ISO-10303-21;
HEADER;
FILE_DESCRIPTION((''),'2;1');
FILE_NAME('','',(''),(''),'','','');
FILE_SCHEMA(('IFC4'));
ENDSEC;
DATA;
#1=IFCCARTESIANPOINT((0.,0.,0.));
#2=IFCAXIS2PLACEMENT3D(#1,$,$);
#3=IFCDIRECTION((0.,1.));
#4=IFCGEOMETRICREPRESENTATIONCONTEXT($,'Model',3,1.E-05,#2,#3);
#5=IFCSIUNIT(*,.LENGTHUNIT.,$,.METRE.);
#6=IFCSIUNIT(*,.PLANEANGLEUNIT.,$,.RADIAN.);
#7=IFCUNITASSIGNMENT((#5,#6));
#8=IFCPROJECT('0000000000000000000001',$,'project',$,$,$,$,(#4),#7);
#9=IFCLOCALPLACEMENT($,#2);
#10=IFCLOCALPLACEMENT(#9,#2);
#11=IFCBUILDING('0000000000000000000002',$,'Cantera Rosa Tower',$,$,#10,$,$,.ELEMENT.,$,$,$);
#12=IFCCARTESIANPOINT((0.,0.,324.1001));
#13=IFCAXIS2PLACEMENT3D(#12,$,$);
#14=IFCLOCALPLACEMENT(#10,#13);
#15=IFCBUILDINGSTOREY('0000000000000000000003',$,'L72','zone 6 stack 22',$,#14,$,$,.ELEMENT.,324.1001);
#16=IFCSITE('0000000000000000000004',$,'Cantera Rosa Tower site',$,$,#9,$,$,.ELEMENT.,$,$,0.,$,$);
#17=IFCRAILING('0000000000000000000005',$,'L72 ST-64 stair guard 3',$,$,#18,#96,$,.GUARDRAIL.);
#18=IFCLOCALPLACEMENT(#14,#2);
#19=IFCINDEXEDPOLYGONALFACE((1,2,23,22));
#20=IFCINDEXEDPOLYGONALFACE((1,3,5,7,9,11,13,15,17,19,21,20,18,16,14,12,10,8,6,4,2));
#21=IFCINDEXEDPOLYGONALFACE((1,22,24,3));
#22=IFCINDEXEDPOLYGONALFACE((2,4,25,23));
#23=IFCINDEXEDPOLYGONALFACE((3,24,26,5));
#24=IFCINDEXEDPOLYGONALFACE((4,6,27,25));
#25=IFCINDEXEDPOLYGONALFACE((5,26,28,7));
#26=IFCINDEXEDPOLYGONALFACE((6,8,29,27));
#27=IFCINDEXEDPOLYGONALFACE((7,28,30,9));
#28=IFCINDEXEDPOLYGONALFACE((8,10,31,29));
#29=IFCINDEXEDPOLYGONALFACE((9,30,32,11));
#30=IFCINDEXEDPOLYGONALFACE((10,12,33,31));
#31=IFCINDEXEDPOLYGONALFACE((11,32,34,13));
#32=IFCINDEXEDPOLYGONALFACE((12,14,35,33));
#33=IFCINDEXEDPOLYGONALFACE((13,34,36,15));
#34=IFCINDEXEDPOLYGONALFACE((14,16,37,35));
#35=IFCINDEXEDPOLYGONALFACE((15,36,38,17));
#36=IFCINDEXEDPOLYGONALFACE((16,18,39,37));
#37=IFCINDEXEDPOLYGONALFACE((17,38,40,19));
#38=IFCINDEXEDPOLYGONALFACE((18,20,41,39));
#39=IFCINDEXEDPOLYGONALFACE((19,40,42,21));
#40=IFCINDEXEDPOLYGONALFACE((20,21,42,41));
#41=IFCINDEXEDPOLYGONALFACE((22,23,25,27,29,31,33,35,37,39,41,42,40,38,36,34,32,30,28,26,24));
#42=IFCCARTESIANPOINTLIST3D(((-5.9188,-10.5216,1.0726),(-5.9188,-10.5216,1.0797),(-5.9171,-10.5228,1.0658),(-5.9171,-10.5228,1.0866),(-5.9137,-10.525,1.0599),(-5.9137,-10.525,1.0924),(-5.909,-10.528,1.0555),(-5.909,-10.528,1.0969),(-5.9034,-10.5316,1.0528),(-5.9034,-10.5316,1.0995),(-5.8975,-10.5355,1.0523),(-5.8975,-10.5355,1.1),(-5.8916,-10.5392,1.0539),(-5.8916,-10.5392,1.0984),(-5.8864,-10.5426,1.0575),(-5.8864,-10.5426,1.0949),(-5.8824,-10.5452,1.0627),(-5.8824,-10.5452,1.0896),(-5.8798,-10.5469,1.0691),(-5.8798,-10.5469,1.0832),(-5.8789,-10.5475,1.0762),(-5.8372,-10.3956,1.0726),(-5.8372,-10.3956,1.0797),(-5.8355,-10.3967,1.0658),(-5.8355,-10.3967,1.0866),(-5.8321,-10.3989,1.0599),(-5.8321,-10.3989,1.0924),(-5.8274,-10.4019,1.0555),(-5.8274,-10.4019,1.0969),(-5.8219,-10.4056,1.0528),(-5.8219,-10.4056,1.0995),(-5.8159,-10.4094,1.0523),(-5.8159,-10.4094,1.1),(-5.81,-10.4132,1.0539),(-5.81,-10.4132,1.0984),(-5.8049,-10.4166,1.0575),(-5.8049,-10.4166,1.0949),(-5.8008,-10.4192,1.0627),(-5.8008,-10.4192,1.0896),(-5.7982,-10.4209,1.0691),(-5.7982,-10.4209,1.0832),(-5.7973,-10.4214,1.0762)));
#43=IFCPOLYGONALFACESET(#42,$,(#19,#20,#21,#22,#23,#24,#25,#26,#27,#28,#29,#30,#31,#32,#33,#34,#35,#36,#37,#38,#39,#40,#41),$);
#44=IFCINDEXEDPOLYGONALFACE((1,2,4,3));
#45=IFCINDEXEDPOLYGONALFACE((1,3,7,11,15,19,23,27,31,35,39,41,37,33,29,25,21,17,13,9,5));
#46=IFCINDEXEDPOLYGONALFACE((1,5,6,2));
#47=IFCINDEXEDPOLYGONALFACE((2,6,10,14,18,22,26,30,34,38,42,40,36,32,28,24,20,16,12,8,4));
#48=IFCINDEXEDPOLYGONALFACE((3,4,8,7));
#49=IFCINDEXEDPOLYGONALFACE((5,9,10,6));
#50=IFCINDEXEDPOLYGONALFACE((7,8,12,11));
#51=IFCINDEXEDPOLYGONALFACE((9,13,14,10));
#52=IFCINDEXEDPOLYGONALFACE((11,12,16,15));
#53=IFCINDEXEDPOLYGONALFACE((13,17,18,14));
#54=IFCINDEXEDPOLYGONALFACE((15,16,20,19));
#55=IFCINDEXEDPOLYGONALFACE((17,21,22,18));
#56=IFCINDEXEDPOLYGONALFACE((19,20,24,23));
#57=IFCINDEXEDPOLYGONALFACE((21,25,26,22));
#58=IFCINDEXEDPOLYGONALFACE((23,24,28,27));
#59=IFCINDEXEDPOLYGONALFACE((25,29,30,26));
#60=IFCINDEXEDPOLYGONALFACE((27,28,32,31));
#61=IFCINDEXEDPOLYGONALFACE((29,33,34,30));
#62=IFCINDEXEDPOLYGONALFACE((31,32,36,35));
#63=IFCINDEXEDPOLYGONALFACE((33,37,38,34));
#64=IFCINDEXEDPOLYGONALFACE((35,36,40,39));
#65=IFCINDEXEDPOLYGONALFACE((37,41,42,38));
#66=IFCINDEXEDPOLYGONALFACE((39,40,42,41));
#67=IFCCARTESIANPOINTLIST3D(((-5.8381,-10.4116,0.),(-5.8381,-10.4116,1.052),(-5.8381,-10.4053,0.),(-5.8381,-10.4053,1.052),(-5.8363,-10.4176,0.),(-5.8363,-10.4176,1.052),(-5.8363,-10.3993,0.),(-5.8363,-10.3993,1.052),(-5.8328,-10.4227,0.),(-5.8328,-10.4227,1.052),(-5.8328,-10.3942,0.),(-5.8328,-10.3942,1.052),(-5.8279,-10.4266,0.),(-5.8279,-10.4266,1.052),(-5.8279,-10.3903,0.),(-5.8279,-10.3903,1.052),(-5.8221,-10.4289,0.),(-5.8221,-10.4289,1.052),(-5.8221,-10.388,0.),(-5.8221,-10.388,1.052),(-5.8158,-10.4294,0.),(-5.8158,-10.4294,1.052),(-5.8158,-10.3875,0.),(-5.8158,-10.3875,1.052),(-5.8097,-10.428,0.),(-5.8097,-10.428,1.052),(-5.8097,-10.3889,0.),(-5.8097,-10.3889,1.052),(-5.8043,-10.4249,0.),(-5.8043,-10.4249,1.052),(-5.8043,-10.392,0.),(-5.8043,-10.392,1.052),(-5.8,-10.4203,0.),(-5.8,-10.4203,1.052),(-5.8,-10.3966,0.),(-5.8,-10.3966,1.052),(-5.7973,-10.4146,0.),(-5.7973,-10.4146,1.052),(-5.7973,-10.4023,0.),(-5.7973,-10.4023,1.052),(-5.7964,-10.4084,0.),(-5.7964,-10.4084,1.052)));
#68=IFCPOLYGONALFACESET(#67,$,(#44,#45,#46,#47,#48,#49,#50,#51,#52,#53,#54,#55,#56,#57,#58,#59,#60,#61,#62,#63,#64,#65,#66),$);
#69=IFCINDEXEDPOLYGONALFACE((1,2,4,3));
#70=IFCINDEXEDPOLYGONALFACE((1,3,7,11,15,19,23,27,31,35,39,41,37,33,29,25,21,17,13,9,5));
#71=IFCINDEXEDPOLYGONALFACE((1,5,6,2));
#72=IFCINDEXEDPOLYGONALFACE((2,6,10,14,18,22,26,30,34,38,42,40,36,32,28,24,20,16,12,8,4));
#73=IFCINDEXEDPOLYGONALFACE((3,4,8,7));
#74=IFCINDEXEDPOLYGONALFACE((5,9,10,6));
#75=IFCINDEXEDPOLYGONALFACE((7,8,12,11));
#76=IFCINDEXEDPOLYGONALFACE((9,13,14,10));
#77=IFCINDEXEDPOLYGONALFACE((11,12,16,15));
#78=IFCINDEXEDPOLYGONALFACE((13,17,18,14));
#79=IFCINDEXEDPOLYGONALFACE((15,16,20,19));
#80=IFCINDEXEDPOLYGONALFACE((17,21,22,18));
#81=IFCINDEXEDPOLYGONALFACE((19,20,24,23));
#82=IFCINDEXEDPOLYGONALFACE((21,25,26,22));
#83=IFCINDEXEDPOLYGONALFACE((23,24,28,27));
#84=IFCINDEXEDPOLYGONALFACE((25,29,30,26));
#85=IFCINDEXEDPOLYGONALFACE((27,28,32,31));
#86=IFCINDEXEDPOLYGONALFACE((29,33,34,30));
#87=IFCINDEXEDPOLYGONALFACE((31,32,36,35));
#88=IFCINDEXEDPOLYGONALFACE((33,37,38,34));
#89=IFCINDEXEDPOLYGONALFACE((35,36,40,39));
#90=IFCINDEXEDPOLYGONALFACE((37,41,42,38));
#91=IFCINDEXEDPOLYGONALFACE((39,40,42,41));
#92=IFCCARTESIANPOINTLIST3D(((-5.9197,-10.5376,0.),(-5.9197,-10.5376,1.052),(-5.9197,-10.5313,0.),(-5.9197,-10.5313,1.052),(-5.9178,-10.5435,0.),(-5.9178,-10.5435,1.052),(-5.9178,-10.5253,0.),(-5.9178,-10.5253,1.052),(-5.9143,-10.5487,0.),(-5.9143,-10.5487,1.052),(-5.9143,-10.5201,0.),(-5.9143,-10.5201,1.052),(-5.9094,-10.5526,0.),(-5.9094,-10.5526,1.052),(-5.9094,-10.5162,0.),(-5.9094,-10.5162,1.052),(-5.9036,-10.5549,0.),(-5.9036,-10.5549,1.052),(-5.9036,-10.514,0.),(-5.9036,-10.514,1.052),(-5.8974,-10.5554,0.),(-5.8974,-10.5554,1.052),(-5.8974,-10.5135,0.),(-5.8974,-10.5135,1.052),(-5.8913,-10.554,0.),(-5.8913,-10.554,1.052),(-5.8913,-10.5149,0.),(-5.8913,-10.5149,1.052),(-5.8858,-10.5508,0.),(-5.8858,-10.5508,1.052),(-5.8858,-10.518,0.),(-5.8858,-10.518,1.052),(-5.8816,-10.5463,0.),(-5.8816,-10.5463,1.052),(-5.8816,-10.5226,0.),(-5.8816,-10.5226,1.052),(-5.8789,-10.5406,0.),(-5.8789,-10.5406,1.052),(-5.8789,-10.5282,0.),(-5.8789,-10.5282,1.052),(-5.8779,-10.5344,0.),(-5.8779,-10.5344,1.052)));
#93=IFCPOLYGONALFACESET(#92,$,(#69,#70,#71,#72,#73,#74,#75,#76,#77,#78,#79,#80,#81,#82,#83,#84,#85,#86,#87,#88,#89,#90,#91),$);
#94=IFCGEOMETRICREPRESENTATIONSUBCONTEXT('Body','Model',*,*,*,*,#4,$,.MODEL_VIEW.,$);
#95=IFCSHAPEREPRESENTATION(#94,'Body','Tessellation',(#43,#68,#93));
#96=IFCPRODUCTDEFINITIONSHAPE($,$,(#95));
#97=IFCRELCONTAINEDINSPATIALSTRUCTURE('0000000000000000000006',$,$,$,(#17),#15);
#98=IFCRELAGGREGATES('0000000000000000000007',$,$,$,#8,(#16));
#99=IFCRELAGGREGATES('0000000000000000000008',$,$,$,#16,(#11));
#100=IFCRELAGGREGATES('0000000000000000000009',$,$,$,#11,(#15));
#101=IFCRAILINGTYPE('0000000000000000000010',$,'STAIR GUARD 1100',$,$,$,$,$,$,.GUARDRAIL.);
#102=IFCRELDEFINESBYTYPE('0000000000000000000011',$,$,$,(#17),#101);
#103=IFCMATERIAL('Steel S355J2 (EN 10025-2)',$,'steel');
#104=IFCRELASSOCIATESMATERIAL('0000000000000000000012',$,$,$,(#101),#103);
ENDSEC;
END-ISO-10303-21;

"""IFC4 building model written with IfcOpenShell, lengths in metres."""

from ifc_helpers import new_model, si_unit, direction, frame, origin, origin_2d, place, context, subcontext, project, spatial, circle, extrude, material, type_object, element, save


model = new_model("IFC4")

# Units and contexts
model_context = context("Model", 3, precision=1e-05, world=origin(), true_north=direction((0.0, 1.0)))
body_context = subcontext(model_context, "Body", "Model", "MODEL_VIEW")
ifc_project = project(units=[si_unit("LENGTHUNIT", "METRE"), si_unit("PLANEANGLEUNIT", "RADIAN")], contexts=[model_context])

# Site, building, storey
site_placement = place(None, origin())
site = spatial("IfcSite", under=ifc_project, at=site_placement, Name="Cantera Rosa Tower site", CompositionType="ELEMENT", RefElevation=0.0)
building_placement = place(site_placement, origin())
building = spatial("IfcBuilding", under=site, at=building_placement, Name="Cantera Rosa Tower", CompositionType="ELEMENT")
storey_placement = place(building_placement, frame((0.0, 0.0, 324.1001)))
storey = spatial("IfcBuildingStorey", under=building, at=storey_placement, Name="L72", Description="zone 6 stack 22", CompositionType="ELEMENT", Elevation=324.1001)

# Railing
ifc_material_1 = material(Name="Steel S355J2 (EN 10025-2)", Category="steel")
railing_type_1 = type_object("IfcRailingType", Name="STAIR GUARD 1100", PredefinedType="GUARDRAIL", material=ifc_material_1)
railing_1_placement = place(storey_placement, frame((-5.8174, -10.4084, 0.0)))
element("IfcRailing", 1, at=railing_1_placement, inside=storey, type_object=railing_type_1, Name="L72 ST-64 stair guard 3", PredefinedType="GUARDRAIL", context=body_context, shape_type="SweptSolid", body=[
    extrude(circle(Radius=0.0239, at=origin_2d()), frame((0.0, 0.0, 1.0762), z_axis=(-0.543386, -0.839483, 0.0), x_axis=(0.839483, -0.543386, 0.0)), (0.0, 0.0, 1.0), 0.1501),
    extrude(circle(Radius=0.021, at=origin_2d()), origin(), (0.0, 0.0, 1.0), 1.052),
    extrude(circle(Radius=0.021, at=origin_2d()), frame((-0.0815, -0.126, 0.0)), (0.0, 0.0, 1.0), 1.052),
])

save(model, "model.ifc")
